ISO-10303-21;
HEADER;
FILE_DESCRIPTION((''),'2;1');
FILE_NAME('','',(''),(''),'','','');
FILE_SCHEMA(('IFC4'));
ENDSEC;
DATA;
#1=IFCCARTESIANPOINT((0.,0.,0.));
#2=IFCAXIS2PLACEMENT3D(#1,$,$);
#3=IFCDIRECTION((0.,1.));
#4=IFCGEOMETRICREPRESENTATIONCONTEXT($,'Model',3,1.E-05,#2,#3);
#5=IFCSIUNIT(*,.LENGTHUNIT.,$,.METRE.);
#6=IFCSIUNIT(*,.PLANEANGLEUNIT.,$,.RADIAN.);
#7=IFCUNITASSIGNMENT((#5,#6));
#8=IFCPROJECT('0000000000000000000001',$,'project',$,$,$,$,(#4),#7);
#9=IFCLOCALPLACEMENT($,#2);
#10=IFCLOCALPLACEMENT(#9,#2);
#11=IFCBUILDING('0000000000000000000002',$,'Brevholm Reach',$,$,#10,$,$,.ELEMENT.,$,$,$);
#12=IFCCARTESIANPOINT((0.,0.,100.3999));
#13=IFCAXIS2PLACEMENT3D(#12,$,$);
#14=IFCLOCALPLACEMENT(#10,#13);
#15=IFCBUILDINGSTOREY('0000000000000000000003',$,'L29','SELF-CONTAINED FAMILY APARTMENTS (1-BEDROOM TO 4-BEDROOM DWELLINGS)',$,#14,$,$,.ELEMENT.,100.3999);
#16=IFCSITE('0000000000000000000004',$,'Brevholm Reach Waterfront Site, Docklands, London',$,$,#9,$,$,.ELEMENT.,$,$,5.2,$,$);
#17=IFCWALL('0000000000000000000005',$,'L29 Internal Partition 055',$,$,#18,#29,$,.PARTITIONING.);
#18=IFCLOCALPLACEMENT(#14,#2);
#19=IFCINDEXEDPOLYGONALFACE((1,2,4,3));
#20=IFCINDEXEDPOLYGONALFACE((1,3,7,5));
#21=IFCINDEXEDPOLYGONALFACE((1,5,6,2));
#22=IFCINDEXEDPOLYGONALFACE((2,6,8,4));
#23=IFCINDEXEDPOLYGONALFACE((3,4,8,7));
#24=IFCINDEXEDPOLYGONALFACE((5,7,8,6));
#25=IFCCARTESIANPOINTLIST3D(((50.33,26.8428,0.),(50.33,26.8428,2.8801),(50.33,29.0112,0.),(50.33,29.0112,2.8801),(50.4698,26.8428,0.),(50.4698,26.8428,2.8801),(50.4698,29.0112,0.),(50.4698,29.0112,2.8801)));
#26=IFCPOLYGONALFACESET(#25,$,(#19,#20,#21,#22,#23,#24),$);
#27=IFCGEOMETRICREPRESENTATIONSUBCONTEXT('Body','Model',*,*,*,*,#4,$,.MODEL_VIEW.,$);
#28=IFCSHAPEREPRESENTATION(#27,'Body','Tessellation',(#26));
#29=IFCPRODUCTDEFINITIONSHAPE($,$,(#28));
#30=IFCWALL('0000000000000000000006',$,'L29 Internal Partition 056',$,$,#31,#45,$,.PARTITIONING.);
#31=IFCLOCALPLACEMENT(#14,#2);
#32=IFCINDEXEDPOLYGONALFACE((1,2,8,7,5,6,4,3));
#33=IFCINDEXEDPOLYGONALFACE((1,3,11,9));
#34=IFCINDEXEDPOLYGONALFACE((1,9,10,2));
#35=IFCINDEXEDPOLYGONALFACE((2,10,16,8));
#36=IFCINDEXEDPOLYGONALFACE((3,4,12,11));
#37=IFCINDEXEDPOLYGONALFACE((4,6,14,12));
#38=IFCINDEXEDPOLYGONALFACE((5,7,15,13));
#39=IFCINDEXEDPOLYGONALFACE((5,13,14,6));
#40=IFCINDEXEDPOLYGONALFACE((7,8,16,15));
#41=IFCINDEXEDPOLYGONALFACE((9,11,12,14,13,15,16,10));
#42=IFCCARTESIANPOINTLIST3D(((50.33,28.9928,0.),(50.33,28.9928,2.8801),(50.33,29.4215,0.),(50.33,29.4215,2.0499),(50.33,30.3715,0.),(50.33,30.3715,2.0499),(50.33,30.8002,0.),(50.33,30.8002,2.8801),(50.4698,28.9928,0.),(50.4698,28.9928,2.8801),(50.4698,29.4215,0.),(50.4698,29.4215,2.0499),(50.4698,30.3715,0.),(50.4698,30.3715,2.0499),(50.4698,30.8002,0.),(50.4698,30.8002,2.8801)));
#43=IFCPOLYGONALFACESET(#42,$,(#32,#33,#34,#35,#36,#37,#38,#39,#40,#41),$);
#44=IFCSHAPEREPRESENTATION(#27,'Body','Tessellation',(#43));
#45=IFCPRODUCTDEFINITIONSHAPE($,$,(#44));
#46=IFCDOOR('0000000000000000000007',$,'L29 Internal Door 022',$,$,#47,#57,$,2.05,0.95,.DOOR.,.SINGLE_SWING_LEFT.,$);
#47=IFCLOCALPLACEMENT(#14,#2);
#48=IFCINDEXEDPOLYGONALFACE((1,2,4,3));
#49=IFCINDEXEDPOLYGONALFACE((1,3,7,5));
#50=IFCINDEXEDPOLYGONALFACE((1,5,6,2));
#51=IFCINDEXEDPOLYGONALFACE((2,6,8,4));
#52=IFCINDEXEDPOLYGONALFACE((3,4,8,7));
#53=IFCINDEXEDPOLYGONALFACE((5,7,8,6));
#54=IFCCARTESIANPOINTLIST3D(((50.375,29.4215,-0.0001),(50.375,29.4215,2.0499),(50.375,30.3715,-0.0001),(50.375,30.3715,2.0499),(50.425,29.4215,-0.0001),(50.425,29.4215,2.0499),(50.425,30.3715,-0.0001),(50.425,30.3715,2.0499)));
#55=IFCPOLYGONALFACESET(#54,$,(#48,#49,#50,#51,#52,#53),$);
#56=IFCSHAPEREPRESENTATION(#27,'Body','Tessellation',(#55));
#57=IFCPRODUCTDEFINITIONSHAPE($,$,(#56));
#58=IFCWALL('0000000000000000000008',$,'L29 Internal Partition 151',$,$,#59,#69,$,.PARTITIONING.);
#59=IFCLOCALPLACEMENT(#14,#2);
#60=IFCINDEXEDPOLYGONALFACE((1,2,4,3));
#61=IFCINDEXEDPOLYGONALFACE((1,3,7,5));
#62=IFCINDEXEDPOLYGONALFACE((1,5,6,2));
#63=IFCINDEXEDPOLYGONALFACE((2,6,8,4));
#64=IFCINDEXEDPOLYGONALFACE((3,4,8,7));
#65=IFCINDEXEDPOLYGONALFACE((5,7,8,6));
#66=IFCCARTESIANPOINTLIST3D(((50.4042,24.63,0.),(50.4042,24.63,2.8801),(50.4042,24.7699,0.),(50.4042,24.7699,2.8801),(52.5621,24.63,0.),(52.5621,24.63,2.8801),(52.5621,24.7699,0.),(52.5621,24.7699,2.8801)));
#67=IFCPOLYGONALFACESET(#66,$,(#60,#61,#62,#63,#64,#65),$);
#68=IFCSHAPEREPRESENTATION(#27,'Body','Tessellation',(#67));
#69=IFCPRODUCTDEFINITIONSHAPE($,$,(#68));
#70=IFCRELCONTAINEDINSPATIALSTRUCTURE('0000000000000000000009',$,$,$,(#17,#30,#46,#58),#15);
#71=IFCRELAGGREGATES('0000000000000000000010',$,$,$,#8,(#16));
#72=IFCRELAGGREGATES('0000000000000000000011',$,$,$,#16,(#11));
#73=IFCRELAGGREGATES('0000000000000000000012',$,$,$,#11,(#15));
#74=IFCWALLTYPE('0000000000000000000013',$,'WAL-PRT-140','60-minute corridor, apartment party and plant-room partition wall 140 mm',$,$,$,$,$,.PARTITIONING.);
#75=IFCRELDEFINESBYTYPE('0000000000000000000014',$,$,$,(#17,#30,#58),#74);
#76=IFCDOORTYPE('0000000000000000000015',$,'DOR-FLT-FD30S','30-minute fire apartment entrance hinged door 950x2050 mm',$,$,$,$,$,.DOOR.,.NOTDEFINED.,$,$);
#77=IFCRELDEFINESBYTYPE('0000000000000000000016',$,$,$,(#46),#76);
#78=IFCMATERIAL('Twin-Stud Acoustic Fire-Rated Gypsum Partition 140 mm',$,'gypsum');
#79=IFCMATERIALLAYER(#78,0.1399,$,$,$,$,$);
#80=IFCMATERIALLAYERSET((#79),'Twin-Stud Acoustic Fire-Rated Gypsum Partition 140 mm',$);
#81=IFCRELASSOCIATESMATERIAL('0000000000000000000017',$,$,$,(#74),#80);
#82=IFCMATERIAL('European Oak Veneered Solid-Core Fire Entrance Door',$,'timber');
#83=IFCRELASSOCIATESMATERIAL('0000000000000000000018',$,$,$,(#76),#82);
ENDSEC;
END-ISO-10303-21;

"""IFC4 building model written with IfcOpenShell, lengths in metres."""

from ifc_helpers import new_model, si_unit, direction, frame, frame_2d, origin, place, context, subcontext, project, spatial, rectangle, extrude, material, layer, layer_set, type_object, element, fill, save


model = new_model("IFC4")

# Units and contexts
model_context = context("Model", 3, precision=1e-05, world=origin(), true_north=direction((0.0, 1.0)))
body_context = subcontext(model_context, "Body", "Model", "MODEL_VIEW")
ifc_project = project(units=[si_unit("LENGTHUNIT", "METRE"), si_unit("PLANEANGLEUNIT", "RADIAN")], contexts=[model_context])

# Site, building, storey
site_placement = place(None, origin())
site = spatial("IfcSite", under=ifc_project, at=site_placement, Name="Brevholm Reach Waterfront Site, Docklands, London", CompositionType="ELEMENT", RefElevation=5.2)
building_placement = place(site_placement, origin())
building = spatial("IfcBuilding", under=site, at=building_placement, Name="Brevholm Reach", CompositionType="ELEMENT")
storey_placement = place(building_placement, frame((0.0, 0.0, 100.3999)))
storey = spatial("IfcBuildingStorey", under=building, at=storey_placement, Name="L29", Description="SELF-CONTAINED FAMILY APARTMENTS (1-BEDROOM TO 4-BEDROOM DWELLINGS)", CompositionType="ELEMENT", Elevation=100.3999)

# Wall
ifc_material_1 = material(Name="Twin-Stud Acoustic Fire-Rated Gypsum Partition 140 mm", Category="gypsum")
ifc_layer_1 = layer(ifc_material_1, 0.1399)
ifc_layer_set_1 = layer_set([ifc_layer_1], Name="Twin-Stud Acoustic Fire-Rated Gypsum Partition 140 mm")
wall_type_1 = type_object("IfcWallType", Name="WAL-PRT-140", Description="60-minute corridor, apartment party and plant-room partition wall 140 mm", PredefinedType="PARTITIONING", material=ifc_layer_set_1)
wall_1_placement = place(storey_placement, frame((50.3999, 26.8428, 0.0), z_axis=(0.0, 0.0, 1.0), x_axis=(0.0, 1.0, 0.0)))
element("IfcWall", 1, at=wall_1_placement, inside=storey, type_object=wall_type_1, Name="L29 Internal Partition 055", PredefinedType="PARTITIONING", context=body_context, shape_type="SweptSolid", body=[
    extrude(rectangle(XDim=2.1685, YDim=0.1399, at=frame_2d((1.0842, 0.0))), origin(), (0.0, 0.0, 1.0), 2.8801),
])

# Wall, opening, door
wall_2_placement = place(storey_placement, frame((50.3999, 28.9927, 0.0), z_axis=(0.0, 0.0, 1.0), x_axis=(0.0, 1.0, 0.0)))
wall_2 = element("IfcWall", 2, at=wall_2_placement, inside=storey, type_object=wall_type_1, Name="L29 Internal Partition 056", PredefinedType="PARTITIONING", context=body_context, shape_type="SweptSolid", body=[
    extrude(rectangle(XDim=1.8074, YDim=0.1399, at=frame_2d((0.9038, 0.0))), origin(), (0.0, 0.0, 1.0), 2.8801),
])
opening_1_placement = place(wall_2_placement, frame((0.4287, 0.0, 0.0)))
opening_1 = element("IfcOpeningElement", 3, at=opening_1_placement, cuts=wall_2, PredefinedType="OPENING", context=body_context, shape_type="SweptSolid", body=[
    extrude(rectangle(XDim=0.95, YDim=2.05, at=frame_2d((0.4751, 1.0249))), frame((0.0, 0.0798, 0.0), z_axis=(0.0, -1.0, 0.0), x_axis=(1.0, 0.0, 0.0)), (0.0, 0.0, 1.0), 0.1599),
])
ifc_material_2 = material(Name="European Oak Veneered Solid-Core Fire Entrance Door", Category="timber")
door_type_1 = type_object("IfcDoorType", Name="DOR-FLT-FD30S", Description="30-minute fire apartment entrance hinged door 950x2050 mm", OperationType="NOTDEFINED", PredefinedType="DOOR", material=ifc_material_2)
door_1_placement = place(opening_1_placement, origin())
door_1 = element("IfcDoor", 4, at=door_1_placement, inside=storey, type_object=door_type_1, Name="L29 Internal Door 022", OperationType="SINGLE_SWING_LEFT", OverallHeight=2.05, OverallWidth=0.95, PredefinedType="DOOR", context=body_context, shape_type="SweptSolid", body=[
    extrude(rectangle(XDim=0.95, YDim=2.05, at=frame_2d((0.4751, 1.0249))), frame((0.0, 0.0249, 0.0), z_axis=(0.0, -1.0, 0.0), x_axis=(1.0, 0.0, 0.0)), (0.0, 0.0, 1.0), 0.05),
])
fill(opening_1, door_1)

# Wall
wall_3_placement = place(storey_placement, frame((50.4041, 24.7, 0.0), z_axis=(0.0, 0.0, 1.0), x_axis=(1.0, 0.0, 0.0)))
element("IfcWall", 5, at=wall_3_placement, inside=storey, type_object=wall_type_1, Name="L29 Internal Partition 151", PredefinedType="PARTITIONING", context=body_context, shape_type="SweptSolid", body=[
    extrude(rectangle(XDim=2.158, YDim=0.1399, at=frame_2d((1.0791, 0.0))), origin(), (0.0, 0.0, 1.0), 2.8801),
])

save(model, "model.ifc")
